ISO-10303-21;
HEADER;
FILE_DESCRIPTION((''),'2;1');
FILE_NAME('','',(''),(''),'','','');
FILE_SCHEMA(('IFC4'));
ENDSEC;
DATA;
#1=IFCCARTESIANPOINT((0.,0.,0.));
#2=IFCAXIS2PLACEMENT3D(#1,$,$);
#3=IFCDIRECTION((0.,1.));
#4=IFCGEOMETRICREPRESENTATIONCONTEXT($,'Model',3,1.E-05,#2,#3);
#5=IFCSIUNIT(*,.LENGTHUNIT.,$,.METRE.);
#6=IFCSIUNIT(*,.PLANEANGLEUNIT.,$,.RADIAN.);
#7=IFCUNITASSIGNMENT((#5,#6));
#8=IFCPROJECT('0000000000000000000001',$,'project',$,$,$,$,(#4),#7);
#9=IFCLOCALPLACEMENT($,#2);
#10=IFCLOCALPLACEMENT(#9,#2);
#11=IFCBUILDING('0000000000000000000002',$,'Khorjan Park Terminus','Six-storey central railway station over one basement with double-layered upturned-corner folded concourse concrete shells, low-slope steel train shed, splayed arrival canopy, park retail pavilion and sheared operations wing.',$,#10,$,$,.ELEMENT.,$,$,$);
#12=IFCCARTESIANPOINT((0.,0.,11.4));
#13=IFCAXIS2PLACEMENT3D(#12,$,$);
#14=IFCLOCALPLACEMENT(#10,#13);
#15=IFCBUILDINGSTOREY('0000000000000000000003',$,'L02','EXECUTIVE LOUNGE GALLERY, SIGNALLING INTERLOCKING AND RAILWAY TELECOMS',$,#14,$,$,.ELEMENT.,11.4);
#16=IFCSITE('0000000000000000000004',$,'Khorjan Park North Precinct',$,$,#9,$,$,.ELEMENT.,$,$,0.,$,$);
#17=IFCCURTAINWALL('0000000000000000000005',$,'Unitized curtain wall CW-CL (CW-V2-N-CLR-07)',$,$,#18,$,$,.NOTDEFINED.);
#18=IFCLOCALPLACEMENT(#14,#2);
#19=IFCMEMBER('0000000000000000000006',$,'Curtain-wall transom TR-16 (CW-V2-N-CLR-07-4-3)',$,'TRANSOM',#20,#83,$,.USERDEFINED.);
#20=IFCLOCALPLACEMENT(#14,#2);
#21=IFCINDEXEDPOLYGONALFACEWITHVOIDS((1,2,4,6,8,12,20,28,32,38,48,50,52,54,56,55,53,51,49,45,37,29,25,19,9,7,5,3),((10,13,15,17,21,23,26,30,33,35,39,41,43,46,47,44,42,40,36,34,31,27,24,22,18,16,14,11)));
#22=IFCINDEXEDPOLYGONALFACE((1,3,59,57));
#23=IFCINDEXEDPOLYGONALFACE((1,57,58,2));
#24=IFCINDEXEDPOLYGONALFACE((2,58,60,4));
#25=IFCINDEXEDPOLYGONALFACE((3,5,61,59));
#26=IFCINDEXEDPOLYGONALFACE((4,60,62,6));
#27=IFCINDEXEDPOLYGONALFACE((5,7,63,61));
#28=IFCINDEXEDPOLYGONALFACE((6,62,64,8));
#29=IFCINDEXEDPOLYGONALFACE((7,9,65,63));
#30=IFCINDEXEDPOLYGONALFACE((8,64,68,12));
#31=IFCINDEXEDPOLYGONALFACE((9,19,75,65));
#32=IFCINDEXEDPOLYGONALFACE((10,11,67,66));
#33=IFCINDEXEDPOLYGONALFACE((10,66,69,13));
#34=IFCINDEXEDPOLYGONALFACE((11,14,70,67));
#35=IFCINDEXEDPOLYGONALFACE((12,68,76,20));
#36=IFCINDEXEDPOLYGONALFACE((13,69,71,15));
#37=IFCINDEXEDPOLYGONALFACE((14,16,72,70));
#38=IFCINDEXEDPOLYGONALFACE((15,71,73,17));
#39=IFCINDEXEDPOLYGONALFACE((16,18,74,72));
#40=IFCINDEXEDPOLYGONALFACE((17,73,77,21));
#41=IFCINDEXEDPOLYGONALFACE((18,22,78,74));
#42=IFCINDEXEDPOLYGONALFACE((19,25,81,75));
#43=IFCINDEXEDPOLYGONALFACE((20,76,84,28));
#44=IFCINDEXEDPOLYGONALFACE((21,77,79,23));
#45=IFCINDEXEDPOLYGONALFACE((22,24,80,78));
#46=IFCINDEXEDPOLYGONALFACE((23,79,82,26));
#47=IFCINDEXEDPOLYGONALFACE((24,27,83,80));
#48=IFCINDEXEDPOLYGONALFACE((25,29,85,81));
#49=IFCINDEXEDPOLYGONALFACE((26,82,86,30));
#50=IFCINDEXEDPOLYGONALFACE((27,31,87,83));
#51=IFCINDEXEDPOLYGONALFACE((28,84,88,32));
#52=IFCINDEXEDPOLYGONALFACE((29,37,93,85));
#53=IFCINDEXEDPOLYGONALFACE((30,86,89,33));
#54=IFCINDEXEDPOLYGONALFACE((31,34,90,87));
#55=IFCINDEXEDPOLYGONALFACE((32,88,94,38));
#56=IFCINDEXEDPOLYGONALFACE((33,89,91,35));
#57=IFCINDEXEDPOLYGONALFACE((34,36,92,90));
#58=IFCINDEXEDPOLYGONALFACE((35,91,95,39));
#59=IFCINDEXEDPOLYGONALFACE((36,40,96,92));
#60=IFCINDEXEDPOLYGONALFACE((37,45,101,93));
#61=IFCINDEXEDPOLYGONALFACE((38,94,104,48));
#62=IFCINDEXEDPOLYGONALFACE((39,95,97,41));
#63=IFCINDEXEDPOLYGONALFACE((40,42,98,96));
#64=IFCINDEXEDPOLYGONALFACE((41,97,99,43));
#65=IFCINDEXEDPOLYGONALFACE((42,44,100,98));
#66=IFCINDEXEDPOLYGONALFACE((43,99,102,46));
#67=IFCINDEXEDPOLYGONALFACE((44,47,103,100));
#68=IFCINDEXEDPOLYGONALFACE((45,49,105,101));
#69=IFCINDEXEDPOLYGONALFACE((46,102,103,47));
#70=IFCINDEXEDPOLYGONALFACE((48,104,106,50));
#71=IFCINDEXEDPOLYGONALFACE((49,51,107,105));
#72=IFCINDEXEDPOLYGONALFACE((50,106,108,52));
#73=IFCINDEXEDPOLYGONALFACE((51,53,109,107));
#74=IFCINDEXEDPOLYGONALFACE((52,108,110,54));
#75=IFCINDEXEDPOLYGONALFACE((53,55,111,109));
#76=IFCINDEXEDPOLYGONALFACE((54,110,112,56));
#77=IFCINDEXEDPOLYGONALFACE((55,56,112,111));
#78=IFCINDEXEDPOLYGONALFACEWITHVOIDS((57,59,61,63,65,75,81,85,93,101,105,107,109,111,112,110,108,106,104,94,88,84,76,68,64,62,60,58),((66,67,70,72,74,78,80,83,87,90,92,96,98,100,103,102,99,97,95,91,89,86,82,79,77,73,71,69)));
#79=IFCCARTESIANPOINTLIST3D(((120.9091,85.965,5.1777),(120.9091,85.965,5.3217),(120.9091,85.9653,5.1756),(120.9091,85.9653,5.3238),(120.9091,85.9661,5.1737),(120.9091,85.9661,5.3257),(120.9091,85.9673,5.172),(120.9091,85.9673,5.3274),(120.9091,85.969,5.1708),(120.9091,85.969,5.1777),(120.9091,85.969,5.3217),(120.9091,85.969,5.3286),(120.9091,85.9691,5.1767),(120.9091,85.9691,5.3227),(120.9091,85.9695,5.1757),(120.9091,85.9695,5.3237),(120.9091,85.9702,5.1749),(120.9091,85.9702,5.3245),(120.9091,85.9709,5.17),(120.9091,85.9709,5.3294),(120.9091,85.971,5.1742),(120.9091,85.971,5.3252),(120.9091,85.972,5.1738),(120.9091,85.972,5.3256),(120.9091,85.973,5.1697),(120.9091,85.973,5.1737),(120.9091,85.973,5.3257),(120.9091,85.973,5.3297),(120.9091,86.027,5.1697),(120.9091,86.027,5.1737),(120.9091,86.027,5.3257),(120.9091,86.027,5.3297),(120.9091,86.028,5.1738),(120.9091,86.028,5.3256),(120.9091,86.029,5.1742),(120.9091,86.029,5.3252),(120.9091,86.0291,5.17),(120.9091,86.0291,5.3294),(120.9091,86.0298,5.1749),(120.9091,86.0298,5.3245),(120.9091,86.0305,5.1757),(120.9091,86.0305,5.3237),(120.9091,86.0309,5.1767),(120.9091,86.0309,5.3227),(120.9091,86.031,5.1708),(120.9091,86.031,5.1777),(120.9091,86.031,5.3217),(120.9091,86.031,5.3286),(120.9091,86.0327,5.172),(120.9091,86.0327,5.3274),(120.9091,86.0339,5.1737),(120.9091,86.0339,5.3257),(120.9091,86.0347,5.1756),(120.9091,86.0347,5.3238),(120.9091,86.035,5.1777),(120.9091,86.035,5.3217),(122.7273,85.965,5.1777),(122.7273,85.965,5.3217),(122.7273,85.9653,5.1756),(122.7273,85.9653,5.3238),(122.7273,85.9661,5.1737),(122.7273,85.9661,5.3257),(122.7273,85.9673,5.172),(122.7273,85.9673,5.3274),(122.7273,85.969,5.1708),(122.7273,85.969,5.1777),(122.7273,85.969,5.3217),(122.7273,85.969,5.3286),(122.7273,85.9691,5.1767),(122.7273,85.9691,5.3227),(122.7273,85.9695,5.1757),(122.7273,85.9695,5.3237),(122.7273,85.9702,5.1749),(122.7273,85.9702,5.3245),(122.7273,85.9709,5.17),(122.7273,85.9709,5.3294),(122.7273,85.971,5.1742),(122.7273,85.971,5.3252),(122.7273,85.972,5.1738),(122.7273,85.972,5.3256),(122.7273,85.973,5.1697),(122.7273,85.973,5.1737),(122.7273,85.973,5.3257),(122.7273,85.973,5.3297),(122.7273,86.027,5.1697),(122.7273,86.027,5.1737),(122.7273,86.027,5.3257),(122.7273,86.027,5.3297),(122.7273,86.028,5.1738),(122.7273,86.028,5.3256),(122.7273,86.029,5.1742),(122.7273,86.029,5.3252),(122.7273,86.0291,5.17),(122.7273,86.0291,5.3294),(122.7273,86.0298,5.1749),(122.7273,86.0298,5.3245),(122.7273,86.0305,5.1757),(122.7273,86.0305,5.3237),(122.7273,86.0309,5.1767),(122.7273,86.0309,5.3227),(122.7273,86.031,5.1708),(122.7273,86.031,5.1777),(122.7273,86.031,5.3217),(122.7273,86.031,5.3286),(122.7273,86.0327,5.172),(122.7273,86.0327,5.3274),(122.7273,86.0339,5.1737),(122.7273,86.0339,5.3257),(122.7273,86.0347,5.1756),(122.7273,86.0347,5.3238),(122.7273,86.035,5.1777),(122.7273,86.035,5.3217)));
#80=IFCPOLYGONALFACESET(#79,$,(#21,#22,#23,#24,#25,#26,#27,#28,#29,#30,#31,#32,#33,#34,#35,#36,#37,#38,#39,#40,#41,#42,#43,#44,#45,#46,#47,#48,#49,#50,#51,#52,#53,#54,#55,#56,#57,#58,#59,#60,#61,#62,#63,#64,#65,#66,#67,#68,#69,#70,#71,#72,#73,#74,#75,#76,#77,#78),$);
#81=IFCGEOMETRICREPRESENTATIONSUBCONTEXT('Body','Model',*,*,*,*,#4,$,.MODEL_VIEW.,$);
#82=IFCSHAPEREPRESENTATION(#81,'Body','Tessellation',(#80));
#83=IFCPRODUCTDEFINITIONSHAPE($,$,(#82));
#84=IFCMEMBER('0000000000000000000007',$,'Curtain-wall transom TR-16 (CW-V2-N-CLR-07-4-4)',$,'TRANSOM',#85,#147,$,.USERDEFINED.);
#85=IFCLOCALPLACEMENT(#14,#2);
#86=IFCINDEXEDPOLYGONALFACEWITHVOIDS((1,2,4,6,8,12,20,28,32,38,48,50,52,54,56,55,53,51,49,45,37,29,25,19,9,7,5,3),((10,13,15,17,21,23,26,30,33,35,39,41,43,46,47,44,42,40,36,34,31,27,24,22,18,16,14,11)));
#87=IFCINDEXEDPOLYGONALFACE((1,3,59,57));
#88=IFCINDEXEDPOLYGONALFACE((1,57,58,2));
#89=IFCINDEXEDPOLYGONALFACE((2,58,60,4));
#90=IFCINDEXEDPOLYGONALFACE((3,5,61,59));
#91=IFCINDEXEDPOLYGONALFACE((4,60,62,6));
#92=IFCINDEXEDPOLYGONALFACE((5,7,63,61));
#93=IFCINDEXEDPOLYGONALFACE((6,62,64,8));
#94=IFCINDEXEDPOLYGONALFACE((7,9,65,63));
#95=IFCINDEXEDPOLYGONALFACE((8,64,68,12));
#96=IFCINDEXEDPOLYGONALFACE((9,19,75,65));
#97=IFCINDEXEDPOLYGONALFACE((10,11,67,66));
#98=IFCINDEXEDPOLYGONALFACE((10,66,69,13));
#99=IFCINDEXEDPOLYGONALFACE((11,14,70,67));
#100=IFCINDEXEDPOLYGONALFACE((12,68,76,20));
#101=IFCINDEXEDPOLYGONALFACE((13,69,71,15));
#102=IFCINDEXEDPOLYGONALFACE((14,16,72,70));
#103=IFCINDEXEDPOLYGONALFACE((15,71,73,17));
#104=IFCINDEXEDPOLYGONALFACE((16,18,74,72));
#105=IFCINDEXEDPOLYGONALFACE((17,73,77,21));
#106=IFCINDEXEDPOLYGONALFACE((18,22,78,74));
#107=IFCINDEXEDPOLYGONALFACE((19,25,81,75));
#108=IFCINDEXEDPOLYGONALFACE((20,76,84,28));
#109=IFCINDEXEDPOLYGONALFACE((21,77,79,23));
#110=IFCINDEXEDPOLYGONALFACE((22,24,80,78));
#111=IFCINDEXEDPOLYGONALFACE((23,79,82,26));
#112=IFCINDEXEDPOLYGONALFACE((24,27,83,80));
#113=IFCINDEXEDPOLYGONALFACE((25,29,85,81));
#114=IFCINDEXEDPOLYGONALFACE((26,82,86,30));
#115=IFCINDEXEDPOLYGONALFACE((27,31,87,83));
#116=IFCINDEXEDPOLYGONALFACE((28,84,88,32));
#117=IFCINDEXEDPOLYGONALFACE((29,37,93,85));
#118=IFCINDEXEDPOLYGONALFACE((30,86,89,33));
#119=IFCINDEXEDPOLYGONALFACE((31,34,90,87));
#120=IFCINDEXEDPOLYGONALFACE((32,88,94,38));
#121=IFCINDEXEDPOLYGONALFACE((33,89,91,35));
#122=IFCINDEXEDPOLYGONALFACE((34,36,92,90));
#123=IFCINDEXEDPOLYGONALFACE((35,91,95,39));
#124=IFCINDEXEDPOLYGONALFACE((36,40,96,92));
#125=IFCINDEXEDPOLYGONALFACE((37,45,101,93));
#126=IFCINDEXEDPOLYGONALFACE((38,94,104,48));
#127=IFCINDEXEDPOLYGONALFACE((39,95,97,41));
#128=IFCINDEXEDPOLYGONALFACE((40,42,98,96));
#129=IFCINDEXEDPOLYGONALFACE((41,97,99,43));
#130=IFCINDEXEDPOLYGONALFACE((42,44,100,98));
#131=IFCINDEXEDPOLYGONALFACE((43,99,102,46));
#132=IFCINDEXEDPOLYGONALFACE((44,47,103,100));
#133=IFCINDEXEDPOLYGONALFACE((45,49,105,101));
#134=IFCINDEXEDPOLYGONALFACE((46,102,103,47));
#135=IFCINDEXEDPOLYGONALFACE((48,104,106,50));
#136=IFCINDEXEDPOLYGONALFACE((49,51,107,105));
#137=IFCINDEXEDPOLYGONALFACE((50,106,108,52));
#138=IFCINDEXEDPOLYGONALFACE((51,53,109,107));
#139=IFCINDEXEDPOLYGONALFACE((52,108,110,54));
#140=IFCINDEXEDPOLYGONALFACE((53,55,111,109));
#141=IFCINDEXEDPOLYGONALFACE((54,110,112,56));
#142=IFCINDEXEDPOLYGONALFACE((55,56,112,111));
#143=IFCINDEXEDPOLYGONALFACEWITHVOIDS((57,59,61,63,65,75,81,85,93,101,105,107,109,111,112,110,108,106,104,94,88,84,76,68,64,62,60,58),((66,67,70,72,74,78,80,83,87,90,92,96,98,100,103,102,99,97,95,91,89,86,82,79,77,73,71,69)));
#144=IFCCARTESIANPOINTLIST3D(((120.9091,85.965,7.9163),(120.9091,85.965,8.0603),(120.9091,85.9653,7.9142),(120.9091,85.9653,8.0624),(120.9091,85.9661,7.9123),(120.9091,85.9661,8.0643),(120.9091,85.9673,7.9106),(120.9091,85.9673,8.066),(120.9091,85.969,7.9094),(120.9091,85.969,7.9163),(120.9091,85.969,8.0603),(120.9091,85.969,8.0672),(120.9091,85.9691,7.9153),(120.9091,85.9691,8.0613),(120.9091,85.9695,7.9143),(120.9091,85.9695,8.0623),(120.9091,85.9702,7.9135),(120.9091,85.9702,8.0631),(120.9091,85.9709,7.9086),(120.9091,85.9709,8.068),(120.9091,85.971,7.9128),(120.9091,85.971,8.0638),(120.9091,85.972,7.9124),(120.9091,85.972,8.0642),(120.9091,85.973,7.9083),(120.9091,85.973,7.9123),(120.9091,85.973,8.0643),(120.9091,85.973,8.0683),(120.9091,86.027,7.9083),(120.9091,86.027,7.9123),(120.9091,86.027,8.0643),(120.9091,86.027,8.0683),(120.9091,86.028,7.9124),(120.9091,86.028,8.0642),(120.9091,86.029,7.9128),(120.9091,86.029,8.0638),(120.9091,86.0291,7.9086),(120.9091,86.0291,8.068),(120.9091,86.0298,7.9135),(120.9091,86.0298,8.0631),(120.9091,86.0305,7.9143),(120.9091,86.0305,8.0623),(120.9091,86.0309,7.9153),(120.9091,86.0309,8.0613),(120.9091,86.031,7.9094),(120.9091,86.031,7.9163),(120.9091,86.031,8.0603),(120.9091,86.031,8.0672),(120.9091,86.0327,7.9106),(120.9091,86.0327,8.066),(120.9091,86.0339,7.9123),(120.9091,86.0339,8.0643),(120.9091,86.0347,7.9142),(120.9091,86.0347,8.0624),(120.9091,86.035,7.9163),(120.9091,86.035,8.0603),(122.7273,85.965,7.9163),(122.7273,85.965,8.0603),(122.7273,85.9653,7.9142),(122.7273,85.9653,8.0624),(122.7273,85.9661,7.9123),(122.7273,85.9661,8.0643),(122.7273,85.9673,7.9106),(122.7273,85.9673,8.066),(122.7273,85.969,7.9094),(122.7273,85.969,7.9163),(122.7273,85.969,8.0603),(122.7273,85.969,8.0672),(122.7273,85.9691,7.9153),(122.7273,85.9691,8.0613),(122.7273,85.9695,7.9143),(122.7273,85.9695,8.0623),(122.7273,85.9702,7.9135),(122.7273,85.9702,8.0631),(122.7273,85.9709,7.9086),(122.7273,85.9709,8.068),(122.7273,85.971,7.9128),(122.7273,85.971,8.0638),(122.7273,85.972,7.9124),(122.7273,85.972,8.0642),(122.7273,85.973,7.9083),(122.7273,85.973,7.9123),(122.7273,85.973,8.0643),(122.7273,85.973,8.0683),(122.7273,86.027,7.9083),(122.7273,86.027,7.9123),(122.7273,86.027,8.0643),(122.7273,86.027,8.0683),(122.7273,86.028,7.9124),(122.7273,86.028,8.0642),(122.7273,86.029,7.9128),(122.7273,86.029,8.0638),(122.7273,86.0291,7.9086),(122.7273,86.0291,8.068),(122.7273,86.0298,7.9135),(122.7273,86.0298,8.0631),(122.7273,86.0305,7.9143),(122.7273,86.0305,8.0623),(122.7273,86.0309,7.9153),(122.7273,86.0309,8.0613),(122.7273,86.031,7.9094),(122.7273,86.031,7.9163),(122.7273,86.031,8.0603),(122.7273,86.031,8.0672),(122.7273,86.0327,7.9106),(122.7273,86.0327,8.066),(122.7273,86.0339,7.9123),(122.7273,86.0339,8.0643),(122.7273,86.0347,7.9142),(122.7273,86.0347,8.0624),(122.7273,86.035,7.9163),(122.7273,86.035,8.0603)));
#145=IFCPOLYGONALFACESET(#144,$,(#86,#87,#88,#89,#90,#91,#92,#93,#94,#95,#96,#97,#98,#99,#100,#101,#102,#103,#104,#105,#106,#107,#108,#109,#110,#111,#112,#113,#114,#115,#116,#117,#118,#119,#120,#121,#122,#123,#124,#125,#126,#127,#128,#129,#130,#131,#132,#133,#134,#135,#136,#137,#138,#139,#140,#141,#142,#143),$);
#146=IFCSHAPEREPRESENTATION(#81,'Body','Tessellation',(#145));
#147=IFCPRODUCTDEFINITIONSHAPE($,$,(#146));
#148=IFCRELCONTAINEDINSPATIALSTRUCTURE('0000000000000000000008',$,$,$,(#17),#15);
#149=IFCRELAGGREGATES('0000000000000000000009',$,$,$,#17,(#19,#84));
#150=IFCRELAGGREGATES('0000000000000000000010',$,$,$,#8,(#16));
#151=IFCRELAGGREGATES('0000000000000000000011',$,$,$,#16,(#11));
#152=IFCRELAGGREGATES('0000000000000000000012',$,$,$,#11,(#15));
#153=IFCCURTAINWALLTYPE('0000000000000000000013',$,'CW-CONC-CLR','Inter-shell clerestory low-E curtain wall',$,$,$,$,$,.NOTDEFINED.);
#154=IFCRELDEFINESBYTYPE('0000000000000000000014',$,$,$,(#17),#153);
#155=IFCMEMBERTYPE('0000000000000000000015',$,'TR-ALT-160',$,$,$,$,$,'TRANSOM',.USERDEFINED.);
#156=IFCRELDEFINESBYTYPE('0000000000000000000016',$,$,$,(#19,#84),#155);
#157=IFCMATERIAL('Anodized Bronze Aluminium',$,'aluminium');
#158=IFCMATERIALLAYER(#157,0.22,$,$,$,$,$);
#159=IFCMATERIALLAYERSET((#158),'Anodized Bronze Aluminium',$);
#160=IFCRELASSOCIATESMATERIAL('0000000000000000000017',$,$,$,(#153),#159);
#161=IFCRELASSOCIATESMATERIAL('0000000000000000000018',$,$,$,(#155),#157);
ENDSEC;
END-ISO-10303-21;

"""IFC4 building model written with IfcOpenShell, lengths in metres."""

from ifc_helpers import new_model, si_unit, direction, frame, origin, origin_2d, place, context, subcontext, project, spatial, hollow_rectangle, extrude, material, layer, layer_set, material_profile, profile_set, type_object, element, aggregate, save


model = new_model("IFC4")

# Units and contexts
model_context = context("Model", 3, precision=1e-05, world=origin(), true_north=direction((0.0, 1.0)))
body_context = subcontext(model_context, "Body", "Model", "MODEL_VIEW")
ifc_project = project(units=[si_unit("LENGTHUNIT", "METRE"), si_unit("PLANEANGLEUNIT", "RADIAN")], contexts=[model_context])

# Site, building, storey
site_placement = place(None, origin())
site = spatial("IfcSite", under=ifc_project, at=site_placement, Name="Khorjan Park North Precinct", CompositionType="ELEMENT", RefElevation=0.0)
building_placement = place(site_placement, origin())
building = spatial("IfcBuilding", under=site, at=building_placement, Name="Khorjan Park Terminus", Description="Six-storey central railway station over one basement with double-layered upturned-corner folded concourse concrete shells, low-slope steel train shed, splayed arrival canopy, park retail pavilion and sheared operations wing.", CompositionType="ELEMENT")
storey_placement = place(building_placement, frame((0.0, 0.0, 11.4)))
storey = spatial("IfcBuildingStorey", under=building, at=storey_placement, Name="L02", Description="EXECUTIVE LOUNGE GALLERY, SIGNALLING INTERLOCKING AND RAILWAY TELECOMS", CompositionType="ELEMENT", Elevation=11.4)

# Shared definitions
ifc_material_1 = material(Name="Anodized Bronze Aluminium", Category="aluminium")
ifc_layer_1 = layer(ifc_material_1, 0.22)
ifc_layer_set_1 = layer_set([ifc_layer_1], Name="Anodized Bronze Aluminium")
curtain_wall_type = type_object("IfcCurtainWallType", Name="CW-CONC-CLR", Description="Inter-shell clerestory low-E curtain wall", PredefinedType="NOTDEFINED", material=ifc_layer_set_1)

# Curtain wall, members
curtain_wall_1_placement = place(storey_placement, origin())
curtain_wall_1 = element("IfcCurtainWall", 1, at=curtain_wall_1_placement, inside=storey, type_object=curtain_wall_type, Name="Unitized curtain wall CW-CL (CW-V2-N-CLR-07)", PredefinedType="NOTDEFINED")
ifc_material_profile_1 = material_profile(ifc_material_1, hollow_rectangle(XDim=0.07, YDim=0.16, WallThickness=0.004, InnerFilletRadius=0.004, OuterFilletRadius=0.008, at=origin_2d()), Name="ALT 70x160x4")
ifc_profile_set_1 = profile_set([ifc_material_profile_1], Name="Anodized Bronze Aluminium")
member_type_1 = type_object("IfcMemberType", Name="TR-ALT-160", ElementType="TRANSOM", PredefinedType="USERDEFINED", material=ifc_profile_set_1)
member_1_placement = place(storey_placement, frame((122.7273, 86.0, 5.2497), z_axis=(-1.0, 0.0, 0.0), x_axis=(0.0, -1.0, 0.0)))
member_1 = element("IfcMember", 2, at=member_1_placement, type_object=member_type_1, Name="Curtain-wall transom TR-16 (CW-V2-N-CLR-07-4-3)", ObjectType="TRANSOM", PredefinedType="USERDEFINED", context=body_context, shape_type="SweptSolid", body=[
    extrude(hollow_rectangle(XDim=0.07, YDim=0.16, WallThickness=0.004, InnerFilletRadius=0.004, OuterFilletRadius=0.008, at=origin_2d()), origin(), (0.0, 0.0, 1.0), 1.8182),
])
member_2_placement = place(storey_placement, frame((122.7273, 86.0, 7.9883), z_axis=(-1.0, 0.0, 0.0), x_axis=(0.0, -1.0, 0.0)))
member_2 = element("IfcMember", 3, at=member_2_placement, type_object=member_type_1, Name="Curtain-wall transom TR-16 (CW-V2-N-CLR-07-4-4)", ObjectType="TRANSOM", PredefinedType="USERDEFINED", context=body_context, shape_type="SweptSolid", body=[
    extrude(hollow_rectangle(XDim=0.07, YDim=0.16, WallThickness=0.004, InnerFilletRadius=0.004, OuterFilletRadius=0.008, at=origin_2d()), origin(), (0.0, 0.0, 1.0), 1.8182),
])

aggregate(curtain_wall_1, [member_1, member_2])

save(model, "model.ifc")
